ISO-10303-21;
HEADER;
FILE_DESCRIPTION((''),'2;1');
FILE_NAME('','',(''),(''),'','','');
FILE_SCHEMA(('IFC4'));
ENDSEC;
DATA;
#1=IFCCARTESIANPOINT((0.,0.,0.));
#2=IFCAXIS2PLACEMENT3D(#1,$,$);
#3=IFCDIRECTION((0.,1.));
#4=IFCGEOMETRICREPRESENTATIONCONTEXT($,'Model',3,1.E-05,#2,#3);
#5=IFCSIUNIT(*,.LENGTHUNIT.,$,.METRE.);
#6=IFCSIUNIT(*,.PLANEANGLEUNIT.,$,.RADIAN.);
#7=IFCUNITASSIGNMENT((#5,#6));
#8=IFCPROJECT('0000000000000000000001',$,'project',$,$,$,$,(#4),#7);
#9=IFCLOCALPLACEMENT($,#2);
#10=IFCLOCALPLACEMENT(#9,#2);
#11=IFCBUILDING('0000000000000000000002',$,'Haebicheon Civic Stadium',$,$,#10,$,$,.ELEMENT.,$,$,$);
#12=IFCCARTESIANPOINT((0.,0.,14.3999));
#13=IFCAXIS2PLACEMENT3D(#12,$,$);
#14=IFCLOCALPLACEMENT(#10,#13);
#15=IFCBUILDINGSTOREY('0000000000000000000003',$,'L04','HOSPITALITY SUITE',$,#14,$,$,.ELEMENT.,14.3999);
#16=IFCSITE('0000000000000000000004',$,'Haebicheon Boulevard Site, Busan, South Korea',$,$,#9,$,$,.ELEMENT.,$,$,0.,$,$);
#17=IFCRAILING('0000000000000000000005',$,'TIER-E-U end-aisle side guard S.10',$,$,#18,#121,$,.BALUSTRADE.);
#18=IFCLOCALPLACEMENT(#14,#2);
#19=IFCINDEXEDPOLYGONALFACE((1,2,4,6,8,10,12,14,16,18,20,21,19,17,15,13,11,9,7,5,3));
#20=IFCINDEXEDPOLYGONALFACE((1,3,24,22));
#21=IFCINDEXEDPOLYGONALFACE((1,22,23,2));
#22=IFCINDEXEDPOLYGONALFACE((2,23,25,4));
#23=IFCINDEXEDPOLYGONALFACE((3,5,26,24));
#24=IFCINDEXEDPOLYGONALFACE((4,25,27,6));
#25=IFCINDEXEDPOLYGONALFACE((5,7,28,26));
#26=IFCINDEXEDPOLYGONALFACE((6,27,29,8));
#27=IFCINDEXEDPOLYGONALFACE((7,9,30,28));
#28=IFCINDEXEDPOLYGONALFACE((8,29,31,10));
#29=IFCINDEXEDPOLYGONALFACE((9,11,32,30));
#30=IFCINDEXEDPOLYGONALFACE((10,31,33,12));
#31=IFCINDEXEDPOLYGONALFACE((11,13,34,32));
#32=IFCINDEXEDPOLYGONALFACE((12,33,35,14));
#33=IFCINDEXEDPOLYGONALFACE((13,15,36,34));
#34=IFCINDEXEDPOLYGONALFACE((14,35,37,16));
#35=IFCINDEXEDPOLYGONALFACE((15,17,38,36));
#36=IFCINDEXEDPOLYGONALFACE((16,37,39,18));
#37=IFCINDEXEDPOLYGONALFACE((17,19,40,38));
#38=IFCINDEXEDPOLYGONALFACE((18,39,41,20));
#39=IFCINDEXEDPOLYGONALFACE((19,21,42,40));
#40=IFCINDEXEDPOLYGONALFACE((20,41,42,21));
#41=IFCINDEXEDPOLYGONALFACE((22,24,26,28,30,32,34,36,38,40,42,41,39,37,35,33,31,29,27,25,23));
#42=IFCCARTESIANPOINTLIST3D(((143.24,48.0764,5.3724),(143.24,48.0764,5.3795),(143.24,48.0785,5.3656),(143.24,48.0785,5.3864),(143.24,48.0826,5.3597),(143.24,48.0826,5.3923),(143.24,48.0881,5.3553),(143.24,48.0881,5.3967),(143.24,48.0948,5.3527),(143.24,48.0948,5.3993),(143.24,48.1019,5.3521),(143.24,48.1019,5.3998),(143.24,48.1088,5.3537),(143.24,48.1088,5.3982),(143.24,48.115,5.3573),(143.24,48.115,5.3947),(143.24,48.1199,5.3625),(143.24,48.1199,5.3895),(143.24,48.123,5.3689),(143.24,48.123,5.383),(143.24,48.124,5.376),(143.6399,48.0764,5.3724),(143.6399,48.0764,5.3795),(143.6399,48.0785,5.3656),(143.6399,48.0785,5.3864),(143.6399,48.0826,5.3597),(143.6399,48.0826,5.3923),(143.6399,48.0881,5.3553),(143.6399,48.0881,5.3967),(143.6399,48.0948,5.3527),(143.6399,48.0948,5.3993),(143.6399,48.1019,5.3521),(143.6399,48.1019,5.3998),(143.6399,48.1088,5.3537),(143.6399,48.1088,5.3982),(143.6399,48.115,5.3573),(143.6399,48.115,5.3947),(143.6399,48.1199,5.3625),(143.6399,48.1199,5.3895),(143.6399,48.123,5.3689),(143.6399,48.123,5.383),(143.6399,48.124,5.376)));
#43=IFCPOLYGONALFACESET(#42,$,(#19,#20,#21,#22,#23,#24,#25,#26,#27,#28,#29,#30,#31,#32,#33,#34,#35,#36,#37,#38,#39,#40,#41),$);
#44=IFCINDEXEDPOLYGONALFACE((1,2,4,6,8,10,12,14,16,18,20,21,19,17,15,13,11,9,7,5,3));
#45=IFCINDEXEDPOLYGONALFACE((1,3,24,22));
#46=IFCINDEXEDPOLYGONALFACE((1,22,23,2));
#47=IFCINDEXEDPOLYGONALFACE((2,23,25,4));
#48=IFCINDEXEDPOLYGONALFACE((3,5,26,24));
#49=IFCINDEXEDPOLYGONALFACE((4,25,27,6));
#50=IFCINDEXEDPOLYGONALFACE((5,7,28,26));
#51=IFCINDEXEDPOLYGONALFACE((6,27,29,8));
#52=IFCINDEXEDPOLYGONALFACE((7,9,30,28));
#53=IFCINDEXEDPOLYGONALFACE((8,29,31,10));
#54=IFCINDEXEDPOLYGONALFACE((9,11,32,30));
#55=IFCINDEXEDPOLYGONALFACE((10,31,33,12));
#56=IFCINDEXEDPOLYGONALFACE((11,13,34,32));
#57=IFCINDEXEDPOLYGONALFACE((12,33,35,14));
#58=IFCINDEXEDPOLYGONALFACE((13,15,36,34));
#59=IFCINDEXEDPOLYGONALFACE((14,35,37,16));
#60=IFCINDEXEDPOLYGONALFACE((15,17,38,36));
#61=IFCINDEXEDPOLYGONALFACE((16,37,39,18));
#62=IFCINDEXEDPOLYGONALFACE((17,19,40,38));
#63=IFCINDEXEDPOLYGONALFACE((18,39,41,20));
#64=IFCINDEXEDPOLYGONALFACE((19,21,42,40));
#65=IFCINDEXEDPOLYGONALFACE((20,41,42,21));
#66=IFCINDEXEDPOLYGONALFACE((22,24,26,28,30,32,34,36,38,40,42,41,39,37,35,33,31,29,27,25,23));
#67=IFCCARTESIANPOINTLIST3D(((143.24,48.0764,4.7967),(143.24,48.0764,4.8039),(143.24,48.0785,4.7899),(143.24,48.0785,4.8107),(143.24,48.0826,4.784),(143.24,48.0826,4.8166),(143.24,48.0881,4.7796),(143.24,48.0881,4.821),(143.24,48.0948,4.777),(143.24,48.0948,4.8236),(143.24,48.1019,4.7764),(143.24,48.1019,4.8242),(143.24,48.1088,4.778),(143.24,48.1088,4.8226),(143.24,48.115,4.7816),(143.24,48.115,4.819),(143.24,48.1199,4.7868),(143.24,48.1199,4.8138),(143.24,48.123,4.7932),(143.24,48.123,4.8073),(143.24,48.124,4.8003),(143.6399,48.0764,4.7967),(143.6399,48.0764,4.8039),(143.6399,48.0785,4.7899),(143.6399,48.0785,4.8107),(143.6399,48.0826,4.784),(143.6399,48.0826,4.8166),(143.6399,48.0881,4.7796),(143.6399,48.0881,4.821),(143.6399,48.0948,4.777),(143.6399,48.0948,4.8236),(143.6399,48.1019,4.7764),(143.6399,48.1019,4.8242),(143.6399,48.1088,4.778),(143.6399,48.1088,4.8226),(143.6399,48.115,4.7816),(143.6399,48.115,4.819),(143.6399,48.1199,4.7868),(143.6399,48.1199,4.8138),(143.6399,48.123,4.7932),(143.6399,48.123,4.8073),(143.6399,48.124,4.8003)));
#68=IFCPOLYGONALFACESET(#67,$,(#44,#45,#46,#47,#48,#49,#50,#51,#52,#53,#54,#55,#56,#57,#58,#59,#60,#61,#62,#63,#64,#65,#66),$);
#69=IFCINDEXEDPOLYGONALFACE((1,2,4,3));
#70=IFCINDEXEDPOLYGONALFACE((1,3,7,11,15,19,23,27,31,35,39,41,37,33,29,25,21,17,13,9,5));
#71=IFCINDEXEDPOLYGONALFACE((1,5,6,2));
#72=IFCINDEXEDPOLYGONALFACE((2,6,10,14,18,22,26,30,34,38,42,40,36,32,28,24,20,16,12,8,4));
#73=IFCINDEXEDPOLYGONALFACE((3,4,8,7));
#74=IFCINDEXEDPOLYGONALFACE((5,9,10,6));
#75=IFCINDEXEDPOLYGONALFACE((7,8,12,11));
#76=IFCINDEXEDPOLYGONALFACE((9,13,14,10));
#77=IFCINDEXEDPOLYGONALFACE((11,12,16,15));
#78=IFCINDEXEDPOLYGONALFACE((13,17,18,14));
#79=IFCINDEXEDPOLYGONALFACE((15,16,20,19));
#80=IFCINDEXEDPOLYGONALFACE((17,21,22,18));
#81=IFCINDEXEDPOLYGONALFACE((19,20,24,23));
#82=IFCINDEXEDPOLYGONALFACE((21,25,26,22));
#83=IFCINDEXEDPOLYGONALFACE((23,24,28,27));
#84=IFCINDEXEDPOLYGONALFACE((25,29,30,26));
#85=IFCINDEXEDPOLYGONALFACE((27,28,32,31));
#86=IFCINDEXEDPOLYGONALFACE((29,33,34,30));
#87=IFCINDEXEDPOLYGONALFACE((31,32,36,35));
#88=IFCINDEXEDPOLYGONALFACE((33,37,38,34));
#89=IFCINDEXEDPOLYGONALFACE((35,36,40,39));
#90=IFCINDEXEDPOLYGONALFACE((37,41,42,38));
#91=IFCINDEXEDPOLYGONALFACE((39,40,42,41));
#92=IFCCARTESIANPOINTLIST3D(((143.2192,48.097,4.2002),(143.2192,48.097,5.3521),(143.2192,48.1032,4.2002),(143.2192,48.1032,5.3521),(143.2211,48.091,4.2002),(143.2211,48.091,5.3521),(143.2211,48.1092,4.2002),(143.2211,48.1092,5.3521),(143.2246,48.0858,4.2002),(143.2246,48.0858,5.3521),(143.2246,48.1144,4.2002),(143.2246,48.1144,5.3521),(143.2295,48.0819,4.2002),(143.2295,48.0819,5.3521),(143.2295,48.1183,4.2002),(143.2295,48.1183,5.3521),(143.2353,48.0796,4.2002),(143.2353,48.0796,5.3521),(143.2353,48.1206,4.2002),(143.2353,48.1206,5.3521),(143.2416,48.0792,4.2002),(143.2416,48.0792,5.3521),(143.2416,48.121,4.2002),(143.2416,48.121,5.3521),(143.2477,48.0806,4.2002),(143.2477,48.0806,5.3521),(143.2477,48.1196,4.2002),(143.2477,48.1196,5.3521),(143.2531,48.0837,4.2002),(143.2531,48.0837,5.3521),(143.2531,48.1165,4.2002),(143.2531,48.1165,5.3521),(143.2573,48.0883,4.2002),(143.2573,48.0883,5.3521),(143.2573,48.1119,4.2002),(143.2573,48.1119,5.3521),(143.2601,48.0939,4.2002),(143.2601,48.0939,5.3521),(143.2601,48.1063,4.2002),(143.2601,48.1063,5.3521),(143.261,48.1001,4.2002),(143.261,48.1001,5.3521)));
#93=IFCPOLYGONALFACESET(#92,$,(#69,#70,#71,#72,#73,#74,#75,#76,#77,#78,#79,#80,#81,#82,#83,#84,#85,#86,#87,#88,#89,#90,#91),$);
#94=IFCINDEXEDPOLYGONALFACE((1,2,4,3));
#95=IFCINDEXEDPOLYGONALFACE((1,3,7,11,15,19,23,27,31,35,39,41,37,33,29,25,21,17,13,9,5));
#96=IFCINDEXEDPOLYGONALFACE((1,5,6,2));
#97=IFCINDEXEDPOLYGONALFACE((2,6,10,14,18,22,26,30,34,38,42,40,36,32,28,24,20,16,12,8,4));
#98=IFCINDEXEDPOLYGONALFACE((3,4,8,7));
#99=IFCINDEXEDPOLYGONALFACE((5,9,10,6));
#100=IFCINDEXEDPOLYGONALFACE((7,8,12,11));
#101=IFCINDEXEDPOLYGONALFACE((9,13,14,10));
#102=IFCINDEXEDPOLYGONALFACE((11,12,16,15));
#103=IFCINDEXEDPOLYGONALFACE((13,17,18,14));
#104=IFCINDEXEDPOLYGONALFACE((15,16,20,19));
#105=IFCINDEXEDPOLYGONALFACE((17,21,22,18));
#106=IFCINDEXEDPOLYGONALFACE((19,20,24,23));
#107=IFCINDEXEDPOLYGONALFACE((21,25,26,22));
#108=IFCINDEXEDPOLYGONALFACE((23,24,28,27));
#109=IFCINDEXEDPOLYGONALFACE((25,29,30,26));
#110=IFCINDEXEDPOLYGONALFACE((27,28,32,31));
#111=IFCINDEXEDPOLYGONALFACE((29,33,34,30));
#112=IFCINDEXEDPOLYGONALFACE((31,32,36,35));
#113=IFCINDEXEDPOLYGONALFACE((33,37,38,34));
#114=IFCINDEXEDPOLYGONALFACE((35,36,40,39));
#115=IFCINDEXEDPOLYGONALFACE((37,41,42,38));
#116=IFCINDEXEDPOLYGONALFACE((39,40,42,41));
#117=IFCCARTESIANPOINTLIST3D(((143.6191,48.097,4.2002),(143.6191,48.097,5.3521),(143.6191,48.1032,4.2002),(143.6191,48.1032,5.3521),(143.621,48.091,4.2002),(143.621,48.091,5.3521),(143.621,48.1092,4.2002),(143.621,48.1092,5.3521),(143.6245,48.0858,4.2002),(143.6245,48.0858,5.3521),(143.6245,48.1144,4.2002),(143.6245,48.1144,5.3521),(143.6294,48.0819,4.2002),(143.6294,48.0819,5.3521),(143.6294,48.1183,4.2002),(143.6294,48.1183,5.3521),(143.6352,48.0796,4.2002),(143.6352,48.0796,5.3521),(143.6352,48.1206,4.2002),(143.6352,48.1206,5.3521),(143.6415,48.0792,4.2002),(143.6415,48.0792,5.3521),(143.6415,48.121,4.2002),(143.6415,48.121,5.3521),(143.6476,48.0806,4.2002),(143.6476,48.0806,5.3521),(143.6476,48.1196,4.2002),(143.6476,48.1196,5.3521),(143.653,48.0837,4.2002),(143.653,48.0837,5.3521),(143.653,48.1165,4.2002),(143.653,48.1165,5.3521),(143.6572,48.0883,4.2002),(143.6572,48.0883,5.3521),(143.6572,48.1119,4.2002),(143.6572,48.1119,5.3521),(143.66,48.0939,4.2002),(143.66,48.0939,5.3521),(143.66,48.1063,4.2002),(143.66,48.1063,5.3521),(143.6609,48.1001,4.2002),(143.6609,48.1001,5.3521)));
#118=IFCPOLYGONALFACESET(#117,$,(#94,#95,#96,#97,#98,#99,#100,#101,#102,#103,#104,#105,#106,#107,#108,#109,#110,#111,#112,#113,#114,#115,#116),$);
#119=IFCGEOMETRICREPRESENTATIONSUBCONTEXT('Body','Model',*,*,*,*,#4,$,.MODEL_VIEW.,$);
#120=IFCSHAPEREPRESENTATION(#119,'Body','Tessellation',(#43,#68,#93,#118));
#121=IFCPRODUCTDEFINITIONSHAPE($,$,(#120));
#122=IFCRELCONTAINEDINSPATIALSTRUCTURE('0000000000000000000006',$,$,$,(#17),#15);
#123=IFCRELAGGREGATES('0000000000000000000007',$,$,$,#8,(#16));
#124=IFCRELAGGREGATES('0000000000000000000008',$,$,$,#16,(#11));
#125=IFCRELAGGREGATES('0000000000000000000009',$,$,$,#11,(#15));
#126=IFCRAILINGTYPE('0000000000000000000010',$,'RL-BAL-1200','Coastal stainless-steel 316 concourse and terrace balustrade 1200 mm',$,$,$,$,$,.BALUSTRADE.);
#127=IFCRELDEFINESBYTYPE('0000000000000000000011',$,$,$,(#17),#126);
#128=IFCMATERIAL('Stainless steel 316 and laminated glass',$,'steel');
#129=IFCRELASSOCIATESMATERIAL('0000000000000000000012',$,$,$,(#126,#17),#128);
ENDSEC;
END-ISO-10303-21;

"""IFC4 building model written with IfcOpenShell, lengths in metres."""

from ifc_helpers import new_model, si_unit, direction, frame, origin, origin_2d, place, context, subcontext, project, spatial, circle, extrude, material, type_object, element, save


model = new_model("IFC4")

# Units and contexts
model_context = context("Model", 3, precision=1e-05, world=origin(), true_north=direction((0.0, 1.0)))
body_context = subcontext(model_context, "Body", "Model", "MODEL_VIEW")
ifc_project = project(units=[si_unit("LENGTHUNIT", "METRE"), si_unit("PLANEANGLEUNIT", "RADIAN")], contexts=[model_context])

# Site, building, storey
site_placement = place(None, origin())
site = spatial("IfcSite", under=ifc_project, at=site_placement, Name="Haebicheon Boulevard Site, Busan, South Korea", CompositionType="ELEMENT", RefElevation=0.0)
building_placement = place(site_placement, origin())
building = spatial("IfcBuilding", under=site, at=building_placement, Name="Haebicheon Civic Stadium", CompositionType="ELEMENT")
storey_placement = place(building_placement, frame((0.0, 0.0, 14.3999)))
storey = spatial("IfcBuildingStorey", under=building, at=storey_placement, Name="L04", Description="HOSPITALITY SUITE", CompositionType="ELEMENT", Elevation=14.3999)

# Railing
ifc_material_1 = material(Name="Stainless steel 316 and laminated glass", Category="steel")
railing_type = type_object("IfcRailingType", Name="RL-BAL-1200", Description="Coastal stainless-steel 316 concourse and terrace balustrade 1200 mm", PredefinedType="BALUSTRADE", material=ifc_material_1)
railing_1_placement = place(storey_placement, frame((143.24, 48.1001, 4.2002)))
element("IfcRailing", 1, at=railing_1_placement, inside=storey, type_object=railing_type, material=ifc_material_1, Name="TIER-E-U end-aisle side guard S.10", PredefinedType="BALUSTRADE", context=body_context, shape_type="SweptSolid", body=[
    extrude(circle(Radius=0.0239, at=origin_2d()), frame((0.0, 0.0, 1.1758), z_axis=(1.0, 0.0, 0.0), x_axis=(0.0, 1.0, 0.0)), (0.0, 0.0, 1.0), 0.3999),
    extrude(circle(Radius=0.0239, at=origin_2d()), frame((0.0, 0.0, 0.6001), z_axis=(1.0, 0.0, 0.0), x_axis=(0.0, 1.0, 0.0)), (0.0, 0.0, 1.0), 0.3999),
    extrude(circle(Radius=0.021, at=origin_2d()), origin(), (0.0, 0.0, 1.0), 1.1519),
    extrude(circle(Radius=0.021, at=origin_2d()), frame((0.3999, 0.0, 0.0)), (0.0, 0.0, 1.0), 1.1519),
])

save(model, "model.ifc")
